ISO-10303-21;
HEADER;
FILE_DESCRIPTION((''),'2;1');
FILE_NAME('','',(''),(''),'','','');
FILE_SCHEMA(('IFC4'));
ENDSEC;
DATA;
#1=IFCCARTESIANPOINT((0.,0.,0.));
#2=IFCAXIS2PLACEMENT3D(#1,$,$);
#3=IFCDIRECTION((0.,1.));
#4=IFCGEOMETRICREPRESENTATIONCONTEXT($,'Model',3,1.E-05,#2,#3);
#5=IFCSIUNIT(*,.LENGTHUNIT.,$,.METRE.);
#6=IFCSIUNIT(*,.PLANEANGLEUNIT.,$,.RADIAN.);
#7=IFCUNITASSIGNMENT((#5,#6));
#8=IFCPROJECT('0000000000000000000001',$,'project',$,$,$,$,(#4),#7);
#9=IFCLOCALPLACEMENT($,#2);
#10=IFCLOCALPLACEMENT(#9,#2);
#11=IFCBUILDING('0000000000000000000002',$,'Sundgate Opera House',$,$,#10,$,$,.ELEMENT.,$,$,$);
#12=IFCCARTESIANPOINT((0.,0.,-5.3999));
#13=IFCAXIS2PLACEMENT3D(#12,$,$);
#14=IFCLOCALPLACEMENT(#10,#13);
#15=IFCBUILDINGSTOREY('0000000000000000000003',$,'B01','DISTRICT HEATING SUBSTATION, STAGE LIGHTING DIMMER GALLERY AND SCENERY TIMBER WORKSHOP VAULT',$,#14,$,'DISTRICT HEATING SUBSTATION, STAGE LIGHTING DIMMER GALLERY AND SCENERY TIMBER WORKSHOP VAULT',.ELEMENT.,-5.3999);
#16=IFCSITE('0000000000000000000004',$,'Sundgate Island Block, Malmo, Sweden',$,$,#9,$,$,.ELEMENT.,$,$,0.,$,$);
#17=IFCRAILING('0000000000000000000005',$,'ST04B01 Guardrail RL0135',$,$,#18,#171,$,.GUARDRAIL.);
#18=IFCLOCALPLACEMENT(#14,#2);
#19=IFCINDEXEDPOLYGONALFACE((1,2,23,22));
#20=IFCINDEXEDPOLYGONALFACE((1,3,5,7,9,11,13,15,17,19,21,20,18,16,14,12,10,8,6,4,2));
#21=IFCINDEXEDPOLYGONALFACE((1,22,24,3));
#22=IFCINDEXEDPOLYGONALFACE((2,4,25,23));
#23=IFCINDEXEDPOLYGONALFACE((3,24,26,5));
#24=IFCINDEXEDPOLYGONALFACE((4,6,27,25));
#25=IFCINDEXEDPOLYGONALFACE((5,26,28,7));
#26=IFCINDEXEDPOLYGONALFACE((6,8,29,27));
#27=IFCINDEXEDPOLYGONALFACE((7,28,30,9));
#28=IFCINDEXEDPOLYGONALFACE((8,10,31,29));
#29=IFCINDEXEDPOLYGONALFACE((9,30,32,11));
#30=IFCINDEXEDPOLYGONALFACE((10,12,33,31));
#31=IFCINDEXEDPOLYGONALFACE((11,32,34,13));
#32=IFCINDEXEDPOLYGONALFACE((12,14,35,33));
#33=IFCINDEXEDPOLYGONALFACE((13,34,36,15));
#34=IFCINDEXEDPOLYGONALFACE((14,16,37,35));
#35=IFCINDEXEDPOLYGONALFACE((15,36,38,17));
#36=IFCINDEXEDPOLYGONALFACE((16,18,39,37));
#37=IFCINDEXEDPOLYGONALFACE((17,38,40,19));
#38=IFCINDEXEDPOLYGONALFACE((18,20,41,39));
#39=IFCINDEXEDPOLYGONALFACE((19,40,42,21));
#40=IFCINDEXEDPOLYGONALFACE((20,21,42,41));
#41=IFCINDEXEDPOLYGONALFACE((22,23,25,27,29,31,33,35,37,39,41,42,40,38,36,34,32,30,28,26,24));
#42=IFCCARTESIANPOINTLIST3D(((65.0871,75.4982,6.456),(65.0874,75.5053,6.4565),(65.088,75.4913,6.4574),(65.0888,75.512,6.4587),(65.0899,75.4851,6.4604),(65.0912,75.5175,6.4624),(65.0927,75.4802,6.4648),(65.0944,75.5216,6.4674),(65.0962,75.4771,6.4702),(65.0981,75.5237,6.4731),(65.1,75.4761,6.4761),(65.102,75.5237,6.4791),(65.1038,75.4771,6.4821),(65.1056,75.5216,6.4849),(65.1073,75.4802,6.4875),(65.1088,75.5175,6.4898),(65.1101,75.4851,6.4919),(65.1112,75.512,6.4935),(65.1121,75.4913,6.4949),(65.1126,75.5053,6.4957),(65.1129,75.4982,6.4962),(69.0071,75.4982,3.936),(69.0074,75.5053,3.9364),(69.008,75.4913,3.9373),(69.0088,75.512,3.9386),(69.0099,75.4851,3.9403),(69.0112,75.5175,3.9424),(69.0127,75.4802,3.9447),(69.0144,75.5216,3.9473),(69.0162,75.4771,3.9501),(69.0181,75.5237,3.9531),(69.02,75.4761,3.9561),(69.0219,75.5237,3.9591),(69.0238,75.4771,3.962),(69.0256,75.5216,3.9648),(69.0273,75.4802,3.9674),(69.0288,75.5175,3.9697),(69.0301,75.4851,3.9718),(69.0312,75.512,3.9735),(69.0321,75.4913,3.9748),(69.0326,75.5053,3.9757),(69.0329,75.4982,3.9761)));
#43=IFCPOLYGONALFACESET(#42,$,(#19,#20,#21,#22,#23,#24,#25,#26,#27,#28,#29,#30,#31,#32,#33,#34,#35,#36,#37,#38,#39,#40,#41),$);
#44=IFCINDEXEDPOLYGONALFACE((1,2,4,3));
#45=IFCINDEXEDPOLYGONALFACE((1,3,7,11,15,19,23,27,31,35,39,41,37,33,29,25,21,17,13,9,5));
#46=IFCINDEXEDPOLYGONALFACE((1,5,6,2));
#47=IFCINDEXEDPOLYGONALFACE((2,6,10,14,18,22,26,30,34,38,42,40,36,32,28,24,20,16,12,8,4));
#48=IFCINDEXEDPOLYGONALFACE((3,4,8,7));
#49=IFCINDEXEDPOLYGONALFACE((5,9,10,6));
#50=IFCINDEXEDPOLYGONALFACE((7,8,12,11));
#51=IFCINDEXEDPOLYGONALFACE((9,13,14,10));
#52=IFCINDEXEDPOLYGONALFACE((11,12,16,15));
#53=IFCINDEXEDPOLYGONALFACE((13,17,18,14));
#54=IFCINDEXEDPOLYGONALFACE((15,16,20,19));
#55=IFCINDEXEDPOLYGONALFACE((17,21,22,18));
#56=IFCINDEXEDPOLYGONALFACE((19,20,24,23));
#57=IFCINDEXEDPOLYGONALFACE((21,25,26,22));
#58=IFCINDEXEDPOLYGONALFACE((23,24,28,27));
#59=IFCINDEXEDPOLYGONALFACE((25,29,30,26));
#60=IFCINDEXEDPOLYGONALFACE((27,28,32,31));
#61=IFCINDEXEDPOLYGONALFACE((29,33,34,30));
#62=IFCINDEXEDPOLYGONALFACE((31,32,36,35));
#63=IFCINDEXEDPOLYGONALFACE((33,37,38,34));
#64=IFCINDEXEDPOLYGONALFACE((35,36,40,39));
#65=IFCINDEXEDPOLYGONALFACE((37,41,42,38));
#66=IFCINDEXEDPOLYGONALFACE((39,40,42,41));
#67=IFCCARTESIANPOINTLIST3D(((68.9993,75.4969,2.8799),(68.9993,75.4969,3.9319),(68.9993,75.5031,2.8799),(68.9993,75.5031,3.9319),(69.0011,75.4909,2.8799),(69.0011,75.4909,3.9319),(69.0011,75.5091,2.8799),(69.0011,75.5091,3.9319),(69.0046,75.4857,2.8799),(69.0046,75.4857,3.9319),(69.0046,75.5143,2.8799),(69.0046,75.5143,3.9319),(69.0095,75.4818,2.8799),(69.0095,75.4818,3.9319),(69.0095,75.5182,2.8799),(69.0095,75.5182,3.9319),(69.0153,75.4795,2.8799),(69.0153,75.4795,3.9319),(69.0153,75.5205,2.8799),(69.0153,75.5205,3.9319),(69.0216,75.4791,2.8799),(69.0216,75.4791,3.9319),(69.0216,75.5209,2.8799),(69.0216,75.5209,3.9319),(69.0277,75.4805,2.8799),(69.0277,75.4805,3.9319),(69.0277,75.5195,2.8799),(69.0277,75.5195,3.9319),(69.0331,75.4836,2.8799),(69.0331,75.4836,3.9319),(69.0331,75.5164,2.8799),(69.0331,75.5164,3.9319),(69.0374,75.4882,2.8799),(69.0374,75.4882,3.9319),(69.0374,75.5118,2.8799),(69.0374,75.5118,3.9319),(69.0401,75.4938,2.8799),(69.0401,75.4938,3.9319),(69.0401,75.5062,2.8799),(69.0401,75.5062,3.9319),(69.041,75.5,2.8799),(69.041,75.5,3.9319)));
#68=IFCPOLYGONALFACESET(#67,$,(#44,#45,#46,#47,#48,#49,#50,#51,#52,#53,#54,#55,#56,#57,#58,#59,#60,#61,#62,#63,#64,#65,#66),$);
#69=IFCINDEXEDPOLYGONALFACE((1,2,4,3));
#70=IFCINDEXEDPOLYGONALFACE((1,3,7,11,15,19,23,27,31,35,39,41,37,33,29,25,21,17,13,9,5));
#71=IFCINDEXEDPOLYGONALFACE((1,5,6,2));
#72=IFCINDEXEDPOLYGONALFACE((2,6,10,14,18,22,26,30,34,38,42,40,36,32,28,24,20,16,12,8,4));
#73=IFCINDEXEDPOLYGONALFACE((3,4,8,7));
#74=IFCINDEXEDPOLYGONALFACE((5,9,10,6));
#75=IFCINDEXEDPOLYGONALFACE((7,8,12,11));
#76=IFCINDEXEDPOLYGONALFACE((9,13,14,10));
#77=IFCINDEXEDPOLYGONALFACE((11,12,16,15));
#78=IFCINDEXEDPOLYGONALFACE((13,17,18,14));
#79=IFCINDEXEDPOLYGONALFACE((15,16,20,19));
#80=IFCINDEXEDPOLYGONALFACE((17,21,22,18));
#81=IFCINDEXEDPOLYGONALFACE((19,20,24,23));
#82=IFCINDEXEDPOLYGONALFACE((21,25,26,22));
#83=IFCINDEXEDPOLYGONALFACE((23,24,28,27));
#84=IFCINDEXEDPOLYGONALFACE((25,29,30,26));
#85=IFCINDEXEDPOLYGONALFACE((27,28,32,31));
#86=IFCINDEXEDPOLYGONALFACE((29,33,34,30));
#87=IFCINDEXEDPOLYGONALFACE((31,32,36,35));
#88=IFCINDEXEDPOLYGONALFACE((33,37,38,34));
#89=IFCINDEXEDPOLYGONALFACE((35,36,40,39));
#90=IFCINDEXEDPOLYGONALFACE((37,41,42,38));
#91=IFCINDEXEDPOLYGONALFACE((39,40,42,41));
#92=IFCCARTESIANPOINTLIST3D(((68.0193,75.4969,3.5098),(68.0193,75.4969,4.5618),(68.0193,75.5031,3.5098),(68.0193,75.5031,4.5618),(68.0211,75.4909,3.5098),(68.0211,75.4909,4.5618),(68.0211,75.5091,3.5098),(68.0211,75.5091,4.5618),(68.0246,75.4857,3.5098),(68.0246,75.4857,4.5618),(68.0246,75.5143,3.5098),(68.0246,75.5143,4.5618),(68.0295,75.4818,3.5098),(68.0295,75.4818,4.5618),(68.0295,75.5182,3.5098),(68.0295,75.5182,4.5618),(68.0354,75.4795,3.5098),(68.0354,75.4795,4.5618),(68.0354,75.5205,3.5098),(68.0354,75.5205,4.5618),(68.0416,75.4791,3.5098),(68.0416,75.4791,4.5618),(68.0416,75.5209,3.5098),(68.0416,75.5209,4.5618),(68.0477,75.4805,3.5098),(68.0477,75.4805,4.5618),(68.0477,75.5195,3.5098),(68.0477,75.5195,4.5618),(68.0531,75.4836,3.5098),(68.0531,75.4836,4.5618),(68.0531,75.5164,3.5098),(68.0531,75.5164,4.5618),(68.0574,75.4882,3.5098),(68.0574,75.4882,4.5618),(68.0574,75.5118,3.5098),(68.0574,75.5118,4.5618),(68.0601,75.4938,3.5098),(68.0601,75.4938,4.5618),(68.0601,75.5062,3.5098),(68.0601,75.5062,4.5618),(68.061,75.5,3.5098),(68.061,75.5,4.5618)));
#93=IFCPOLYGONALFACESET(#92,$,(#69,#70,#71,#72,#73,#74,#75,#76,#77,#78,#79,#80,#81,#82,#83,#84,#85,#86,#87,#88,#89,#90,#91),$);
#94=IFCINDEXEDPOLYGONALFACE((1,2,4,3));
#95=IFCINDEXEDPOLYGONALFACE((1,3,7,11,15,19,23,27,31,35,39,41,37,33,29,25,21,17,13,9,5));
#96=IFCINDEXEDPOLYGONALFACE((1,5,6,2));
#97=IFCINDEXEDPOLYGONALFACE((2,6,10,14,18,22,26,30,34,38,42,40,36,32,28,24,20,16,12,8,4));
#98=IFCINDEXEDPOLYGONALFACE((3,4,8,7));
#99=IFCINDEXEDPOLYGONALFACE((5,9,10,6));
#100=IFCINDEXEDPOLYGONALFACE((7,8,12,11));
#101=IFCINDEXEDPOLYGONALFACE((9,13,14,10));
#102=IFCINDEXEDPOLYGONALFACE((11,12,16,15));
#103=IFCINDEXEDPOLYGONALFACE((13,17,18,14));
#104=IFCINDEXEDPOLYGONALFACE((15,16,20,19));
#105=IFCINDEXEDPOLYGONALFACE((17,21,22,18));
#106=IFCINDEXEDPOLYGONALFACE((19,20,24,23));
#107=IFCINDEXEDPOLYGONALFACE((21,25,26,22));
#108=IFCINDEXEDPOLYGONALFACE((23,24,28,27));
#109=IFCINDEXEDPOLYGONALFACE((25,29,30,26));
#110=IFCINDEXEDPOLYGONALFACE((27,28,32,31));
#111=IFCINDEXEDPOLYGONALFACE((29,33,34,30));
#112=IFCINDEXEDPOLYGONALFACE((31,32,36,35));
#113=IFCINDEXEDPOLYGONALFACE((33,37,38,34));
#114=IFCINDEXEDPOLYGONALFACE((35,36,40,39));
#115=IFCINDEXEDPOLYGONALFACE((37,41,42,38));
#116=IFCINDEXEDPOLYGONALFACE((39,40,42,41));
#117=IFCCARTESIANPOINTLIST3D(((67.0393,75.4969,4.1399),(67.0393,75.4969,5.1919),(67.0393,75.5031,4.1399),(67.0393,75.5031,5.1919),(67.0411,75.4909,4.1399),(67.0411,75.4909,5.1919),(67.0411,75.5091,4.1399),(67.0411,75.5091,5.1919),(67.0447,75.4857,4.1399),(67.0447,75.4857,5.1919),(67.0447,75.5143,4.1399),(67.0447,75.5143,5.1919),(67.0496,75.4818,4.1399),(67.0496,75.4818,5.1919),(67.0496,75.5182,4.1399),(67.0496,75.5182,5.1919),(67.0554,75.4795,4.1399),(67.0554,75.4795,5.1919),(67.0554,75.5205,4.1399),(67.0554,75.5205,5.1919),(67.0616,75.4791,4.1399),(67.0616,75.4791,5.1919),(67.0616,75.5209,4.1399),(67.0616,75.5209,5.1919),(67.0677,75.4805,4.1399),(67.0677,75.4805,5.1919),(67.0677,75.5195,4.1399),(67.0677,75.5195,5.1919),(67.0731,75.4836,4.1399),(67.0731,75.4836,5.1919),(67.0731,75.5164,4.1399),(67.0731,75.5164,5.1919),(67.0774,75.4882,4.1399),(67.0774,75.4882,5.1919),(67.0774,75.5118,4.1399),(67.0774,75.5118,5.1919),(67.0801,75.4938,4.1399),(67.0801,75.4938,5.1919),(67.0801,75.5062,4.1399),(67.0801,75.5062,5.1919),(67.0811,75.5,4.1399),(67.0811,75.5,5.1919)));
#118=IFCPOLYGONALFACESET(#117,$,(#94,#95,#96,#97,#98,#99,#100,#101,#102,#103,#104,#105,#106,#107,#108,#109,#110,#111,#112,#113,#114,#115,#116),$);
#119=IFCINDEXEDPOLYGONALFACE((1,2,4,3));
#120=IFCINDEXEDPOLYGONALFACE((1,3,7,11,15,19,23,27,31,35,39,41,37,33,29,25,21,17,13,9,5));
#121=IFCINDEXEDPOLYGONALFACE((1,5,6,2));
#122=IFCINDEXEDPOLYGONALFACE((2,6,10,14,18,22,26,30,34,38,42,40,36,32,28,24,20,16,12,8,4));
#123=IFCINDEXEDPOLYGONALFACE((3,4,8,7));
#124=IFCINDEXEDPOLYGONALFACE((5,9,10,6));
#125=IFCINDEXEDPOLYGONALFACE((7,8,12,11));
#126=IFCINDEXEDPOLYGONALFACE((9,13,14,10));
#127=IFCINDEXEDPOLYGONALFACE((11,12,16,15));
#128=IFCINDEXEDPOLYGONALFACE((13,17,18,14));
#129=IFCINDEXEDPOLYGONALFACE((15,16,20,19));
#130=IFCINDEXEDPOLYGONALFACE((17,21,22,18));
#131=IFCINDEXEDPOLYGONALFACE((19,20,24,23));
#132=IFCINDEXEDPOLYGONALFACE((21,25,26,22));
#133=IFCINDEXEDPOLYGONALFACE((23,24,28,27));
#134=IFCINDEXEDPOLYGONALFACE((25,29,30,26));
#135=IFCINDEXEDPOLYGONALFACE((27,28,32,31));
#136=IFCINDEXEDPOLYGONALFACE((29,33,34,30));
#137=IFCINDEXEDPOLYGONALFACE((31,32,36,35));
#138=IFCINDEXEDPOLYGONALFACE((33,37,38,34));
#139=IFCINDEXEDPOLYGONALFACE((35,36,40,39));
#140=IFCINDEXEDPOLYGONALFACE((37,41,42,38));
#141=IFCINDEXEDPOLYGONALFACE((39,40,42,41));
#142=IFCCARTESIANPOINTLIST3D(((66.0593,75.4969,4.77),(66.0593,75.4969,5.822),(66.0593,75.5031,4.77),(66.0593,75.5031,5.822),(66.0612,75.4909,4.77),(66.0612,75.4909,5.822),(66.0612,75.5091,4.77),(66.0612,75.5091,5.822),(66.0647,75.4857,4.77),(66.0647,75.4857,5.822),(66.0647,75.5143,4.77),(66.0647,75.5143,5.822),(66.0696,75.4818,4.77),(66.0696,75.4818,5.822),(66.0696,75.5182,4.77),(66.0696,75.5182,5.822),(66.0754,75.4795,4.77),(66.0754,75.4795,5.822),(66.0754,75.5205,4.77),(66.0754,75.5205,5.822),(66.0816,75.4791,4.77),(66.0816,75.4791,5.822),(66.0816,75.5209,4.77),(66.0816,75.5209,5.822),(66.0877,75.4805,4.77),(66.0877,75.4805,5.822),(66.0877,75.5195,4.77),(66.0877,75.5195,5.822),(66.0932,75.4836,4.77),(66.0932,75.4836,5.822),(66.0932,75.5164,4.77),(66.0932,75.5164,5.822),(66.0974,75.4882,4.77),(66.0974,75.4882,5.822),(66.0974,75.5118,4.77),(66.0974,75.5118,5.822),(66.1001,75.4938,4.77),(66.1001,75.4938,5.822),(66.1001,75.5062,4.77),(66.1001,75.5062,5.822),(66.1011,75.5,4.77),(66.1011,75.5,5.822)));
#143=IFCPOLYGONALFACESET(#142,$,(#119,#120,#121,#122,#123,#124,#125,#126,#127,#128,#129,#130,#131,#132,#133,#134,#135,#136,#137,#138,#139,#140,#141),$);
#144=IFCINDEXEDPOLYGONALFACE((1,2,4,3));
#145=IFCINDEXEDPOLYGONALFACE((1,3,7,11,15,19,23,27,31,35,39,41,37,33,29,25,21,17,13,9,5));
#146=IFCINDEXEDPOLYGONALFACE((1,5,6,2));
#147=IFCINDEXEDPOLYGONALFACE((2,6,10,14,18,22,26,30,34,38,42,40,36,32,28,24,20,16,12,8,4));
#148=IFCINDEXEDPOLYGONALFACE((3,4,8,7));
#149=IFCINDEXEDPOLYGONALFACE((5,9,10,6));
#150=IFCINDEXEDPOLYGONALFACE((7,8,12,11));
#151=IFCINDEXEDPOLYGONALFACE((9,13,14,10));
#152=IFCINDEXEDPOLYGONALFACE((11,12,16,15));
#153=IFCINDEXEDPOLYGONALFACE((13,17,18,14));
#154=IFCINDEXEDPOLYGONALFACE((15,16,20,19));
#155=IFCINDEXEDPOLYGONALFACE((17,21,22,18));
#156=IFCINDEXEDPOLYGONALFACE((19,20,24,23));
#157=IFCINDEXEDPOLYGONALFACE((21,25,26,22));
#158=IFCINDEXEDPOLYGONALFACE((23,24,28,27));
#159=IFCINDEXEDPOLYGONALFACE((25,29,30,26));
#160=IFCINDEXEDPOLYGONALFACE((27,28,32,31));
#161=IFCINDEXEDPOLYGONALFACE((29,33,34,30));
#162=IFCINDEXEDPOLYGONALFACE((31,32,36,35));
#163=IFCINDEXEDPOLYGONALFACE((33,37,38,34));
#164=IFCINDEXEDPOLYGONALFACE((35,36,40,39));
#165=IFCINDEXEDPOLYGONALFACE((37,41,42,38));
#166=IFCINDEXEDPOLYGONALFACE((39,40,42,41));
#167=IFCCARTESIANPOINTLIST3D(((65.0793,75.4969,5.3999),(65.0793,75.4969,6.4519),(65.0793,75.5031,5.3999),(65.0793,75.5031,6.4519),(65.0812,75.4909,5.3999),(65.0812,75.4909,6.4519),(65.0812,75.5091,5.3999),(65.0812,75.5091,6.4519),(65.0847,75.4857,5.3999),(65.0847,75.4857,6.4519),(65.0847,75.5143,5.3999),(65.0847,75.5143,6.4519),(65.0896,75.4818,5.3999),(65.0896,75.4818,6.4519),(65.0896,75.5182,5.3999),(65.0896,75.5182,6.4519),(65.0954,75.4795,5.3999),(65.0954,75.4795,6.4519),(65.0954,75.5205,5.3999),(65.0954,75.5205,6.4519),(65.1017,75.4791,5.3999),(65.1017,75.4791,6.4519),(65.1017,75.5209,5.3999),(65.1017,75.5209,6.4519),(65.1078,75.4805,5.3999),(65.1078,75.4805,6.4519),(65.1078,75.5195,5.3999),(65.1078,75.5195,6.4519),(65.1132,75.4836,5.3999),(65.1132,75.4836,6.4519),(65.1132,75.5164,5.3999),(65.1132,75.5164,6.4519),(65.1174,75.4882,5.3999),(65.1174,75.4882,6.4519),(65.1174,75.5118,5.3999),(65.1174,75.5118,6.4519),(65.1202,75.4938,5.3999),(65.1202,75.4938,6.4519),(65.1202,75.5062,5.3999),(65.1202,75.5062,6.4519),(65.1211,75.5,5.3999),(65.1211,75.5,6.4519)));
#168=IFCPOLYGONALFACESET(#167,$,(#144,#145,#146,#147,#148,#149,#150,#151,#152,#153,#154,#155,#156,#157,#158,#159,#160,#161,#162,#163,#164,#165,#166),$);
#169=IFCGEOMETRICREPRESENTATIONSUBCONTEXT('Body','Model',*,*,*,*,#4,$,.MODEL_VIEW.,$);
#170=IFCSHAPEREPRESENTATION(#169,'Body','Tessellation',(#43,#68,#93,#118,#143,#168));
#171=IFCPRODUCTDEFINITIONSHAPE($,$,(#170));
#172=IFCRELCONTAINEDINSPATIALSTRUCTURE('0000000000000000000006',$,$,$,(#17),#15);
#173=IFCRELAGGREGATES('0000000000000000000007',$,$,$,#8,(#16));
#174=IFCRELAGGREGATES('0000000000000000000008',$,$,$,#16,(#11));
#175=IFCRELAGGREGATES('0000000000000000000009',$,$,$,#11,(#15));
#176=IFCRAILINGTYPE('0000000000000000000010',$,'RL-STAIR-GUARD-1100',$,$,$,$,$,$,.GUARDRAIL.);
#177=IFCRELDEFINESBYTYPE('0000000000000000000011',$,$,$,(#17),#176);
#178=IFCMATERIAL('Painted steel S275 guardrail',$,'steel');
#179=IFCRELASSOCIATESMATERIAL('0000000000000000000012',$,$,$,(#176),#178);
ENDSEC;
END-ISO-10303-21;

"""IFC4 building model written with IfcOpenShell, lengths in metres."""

from ifc_helpers import new_model, si_unit, direction, frame, origin, origin_2d, place, context, subcontext, project, spatial, circle, extrude, material, type_object, element, save


model = new_model("IFC4")

# Units and contexts
model_context = context("Model", 3, precision=1e-05, world=origin(), true_north=direction((0.0, 1.0)))
body_context = subcontext(model_context, "Body", "Model", "MODEL_VIEW")
ifc_project = project(units=[si_unit("LENGTHUNIT", "METRE"), si_unit("PLANEANGLEUNIT", "RADIAN")], contexts=[model_context])

# Site, building, storey
site_placement = place(None, origin())
site = spatial("IfcSite", under=ifc_project, at=site_placement, Name="Sundgate Island Block, Malmo, Sweden", CompositionType="ELEMENT", RefElevation=0.0)
building_placement = place(site_placement, origin())
building = spatial("IfcBuilding", under=site, at=building_placement, Name="Sundgate Opera House", CompositionType="ELEMENT")
storey_placement = place(building_placement, frame((0.0, 0.0, -5.3999)))
storey = spatial("IfcBuildingStorey", under=building, at=storey_placement, Name="B01", Description="DISTRICT HEATING SUBSTATION, STAGE LIGHTING DIMMER GALLERY AND SCENERY TIMBER WORKSHOP VAULT", LongName="DISTRICT HEATING SUBSTATION, STAGE LIGHTING DIMMER GALLERY AND SCENERY TIMBER WORKSHOP VAULT", CompositionType="ELEMENT", Elevation=-5.3999)

# Railing
ifc_material_1 = material(Name="Painted steel S275 guardrail", Category="steel")
railing_type = type_object("IfcRailingType", Name="RL-STAIR-GUARD-1100", PredefinedType="GUARDRAIL", material=ifc_material_1)
railing_1_placement = place(storey_placement, frame((69.02, 75.5, 2.8799)))
element("IfcRailing", 1, at=railing_1_placement, inside=storey, type_object=railing_type, Name="ST04B01 Guardrail RL0135", PredefinedType="GUARDRAIL", context=body_context, shape_type="SweptSolid", body=[
    extrude(circle(Radius=0.0239, at=origin_2d()), frame((0.0, 0.0, 1.0762), z_axis=(-0.841172, 0.0, 0.540768), x_axis=(0.0, -1.0, 0.0)), (0.0, 0.0, 1.0), 4.6602),
    extrude(circle(Radius=0.021, at=origin_2d()), origin(), (0.0, 0.0, 1.0), 1.052),
    extrude(circle(Radius=0.021, at=origin_2d()), frame((-0.98, 0.0, 0.6299)), (0.0, 0.0, 1.0), 1.052),
    extrude(circle(Radius=0.021, at=origin_2d()), frame((-1.96, 0.0, 1.26)), (0.0, 0.0, 1.0), 1.052),
    extrude(circle(Radius=0.021, at=origin_2d()), frame((-2.9399, 0.0, 1.8901)), (0.0, 0.0, 1.0), 1.052),
    extrude(circle(Radius=0.021, at=origin_2d()), frame((-3.9199, 0.0, 2.52)), (0.0, 0.0, 1.0), 1.052),
])

save(model, "model.ifc")
